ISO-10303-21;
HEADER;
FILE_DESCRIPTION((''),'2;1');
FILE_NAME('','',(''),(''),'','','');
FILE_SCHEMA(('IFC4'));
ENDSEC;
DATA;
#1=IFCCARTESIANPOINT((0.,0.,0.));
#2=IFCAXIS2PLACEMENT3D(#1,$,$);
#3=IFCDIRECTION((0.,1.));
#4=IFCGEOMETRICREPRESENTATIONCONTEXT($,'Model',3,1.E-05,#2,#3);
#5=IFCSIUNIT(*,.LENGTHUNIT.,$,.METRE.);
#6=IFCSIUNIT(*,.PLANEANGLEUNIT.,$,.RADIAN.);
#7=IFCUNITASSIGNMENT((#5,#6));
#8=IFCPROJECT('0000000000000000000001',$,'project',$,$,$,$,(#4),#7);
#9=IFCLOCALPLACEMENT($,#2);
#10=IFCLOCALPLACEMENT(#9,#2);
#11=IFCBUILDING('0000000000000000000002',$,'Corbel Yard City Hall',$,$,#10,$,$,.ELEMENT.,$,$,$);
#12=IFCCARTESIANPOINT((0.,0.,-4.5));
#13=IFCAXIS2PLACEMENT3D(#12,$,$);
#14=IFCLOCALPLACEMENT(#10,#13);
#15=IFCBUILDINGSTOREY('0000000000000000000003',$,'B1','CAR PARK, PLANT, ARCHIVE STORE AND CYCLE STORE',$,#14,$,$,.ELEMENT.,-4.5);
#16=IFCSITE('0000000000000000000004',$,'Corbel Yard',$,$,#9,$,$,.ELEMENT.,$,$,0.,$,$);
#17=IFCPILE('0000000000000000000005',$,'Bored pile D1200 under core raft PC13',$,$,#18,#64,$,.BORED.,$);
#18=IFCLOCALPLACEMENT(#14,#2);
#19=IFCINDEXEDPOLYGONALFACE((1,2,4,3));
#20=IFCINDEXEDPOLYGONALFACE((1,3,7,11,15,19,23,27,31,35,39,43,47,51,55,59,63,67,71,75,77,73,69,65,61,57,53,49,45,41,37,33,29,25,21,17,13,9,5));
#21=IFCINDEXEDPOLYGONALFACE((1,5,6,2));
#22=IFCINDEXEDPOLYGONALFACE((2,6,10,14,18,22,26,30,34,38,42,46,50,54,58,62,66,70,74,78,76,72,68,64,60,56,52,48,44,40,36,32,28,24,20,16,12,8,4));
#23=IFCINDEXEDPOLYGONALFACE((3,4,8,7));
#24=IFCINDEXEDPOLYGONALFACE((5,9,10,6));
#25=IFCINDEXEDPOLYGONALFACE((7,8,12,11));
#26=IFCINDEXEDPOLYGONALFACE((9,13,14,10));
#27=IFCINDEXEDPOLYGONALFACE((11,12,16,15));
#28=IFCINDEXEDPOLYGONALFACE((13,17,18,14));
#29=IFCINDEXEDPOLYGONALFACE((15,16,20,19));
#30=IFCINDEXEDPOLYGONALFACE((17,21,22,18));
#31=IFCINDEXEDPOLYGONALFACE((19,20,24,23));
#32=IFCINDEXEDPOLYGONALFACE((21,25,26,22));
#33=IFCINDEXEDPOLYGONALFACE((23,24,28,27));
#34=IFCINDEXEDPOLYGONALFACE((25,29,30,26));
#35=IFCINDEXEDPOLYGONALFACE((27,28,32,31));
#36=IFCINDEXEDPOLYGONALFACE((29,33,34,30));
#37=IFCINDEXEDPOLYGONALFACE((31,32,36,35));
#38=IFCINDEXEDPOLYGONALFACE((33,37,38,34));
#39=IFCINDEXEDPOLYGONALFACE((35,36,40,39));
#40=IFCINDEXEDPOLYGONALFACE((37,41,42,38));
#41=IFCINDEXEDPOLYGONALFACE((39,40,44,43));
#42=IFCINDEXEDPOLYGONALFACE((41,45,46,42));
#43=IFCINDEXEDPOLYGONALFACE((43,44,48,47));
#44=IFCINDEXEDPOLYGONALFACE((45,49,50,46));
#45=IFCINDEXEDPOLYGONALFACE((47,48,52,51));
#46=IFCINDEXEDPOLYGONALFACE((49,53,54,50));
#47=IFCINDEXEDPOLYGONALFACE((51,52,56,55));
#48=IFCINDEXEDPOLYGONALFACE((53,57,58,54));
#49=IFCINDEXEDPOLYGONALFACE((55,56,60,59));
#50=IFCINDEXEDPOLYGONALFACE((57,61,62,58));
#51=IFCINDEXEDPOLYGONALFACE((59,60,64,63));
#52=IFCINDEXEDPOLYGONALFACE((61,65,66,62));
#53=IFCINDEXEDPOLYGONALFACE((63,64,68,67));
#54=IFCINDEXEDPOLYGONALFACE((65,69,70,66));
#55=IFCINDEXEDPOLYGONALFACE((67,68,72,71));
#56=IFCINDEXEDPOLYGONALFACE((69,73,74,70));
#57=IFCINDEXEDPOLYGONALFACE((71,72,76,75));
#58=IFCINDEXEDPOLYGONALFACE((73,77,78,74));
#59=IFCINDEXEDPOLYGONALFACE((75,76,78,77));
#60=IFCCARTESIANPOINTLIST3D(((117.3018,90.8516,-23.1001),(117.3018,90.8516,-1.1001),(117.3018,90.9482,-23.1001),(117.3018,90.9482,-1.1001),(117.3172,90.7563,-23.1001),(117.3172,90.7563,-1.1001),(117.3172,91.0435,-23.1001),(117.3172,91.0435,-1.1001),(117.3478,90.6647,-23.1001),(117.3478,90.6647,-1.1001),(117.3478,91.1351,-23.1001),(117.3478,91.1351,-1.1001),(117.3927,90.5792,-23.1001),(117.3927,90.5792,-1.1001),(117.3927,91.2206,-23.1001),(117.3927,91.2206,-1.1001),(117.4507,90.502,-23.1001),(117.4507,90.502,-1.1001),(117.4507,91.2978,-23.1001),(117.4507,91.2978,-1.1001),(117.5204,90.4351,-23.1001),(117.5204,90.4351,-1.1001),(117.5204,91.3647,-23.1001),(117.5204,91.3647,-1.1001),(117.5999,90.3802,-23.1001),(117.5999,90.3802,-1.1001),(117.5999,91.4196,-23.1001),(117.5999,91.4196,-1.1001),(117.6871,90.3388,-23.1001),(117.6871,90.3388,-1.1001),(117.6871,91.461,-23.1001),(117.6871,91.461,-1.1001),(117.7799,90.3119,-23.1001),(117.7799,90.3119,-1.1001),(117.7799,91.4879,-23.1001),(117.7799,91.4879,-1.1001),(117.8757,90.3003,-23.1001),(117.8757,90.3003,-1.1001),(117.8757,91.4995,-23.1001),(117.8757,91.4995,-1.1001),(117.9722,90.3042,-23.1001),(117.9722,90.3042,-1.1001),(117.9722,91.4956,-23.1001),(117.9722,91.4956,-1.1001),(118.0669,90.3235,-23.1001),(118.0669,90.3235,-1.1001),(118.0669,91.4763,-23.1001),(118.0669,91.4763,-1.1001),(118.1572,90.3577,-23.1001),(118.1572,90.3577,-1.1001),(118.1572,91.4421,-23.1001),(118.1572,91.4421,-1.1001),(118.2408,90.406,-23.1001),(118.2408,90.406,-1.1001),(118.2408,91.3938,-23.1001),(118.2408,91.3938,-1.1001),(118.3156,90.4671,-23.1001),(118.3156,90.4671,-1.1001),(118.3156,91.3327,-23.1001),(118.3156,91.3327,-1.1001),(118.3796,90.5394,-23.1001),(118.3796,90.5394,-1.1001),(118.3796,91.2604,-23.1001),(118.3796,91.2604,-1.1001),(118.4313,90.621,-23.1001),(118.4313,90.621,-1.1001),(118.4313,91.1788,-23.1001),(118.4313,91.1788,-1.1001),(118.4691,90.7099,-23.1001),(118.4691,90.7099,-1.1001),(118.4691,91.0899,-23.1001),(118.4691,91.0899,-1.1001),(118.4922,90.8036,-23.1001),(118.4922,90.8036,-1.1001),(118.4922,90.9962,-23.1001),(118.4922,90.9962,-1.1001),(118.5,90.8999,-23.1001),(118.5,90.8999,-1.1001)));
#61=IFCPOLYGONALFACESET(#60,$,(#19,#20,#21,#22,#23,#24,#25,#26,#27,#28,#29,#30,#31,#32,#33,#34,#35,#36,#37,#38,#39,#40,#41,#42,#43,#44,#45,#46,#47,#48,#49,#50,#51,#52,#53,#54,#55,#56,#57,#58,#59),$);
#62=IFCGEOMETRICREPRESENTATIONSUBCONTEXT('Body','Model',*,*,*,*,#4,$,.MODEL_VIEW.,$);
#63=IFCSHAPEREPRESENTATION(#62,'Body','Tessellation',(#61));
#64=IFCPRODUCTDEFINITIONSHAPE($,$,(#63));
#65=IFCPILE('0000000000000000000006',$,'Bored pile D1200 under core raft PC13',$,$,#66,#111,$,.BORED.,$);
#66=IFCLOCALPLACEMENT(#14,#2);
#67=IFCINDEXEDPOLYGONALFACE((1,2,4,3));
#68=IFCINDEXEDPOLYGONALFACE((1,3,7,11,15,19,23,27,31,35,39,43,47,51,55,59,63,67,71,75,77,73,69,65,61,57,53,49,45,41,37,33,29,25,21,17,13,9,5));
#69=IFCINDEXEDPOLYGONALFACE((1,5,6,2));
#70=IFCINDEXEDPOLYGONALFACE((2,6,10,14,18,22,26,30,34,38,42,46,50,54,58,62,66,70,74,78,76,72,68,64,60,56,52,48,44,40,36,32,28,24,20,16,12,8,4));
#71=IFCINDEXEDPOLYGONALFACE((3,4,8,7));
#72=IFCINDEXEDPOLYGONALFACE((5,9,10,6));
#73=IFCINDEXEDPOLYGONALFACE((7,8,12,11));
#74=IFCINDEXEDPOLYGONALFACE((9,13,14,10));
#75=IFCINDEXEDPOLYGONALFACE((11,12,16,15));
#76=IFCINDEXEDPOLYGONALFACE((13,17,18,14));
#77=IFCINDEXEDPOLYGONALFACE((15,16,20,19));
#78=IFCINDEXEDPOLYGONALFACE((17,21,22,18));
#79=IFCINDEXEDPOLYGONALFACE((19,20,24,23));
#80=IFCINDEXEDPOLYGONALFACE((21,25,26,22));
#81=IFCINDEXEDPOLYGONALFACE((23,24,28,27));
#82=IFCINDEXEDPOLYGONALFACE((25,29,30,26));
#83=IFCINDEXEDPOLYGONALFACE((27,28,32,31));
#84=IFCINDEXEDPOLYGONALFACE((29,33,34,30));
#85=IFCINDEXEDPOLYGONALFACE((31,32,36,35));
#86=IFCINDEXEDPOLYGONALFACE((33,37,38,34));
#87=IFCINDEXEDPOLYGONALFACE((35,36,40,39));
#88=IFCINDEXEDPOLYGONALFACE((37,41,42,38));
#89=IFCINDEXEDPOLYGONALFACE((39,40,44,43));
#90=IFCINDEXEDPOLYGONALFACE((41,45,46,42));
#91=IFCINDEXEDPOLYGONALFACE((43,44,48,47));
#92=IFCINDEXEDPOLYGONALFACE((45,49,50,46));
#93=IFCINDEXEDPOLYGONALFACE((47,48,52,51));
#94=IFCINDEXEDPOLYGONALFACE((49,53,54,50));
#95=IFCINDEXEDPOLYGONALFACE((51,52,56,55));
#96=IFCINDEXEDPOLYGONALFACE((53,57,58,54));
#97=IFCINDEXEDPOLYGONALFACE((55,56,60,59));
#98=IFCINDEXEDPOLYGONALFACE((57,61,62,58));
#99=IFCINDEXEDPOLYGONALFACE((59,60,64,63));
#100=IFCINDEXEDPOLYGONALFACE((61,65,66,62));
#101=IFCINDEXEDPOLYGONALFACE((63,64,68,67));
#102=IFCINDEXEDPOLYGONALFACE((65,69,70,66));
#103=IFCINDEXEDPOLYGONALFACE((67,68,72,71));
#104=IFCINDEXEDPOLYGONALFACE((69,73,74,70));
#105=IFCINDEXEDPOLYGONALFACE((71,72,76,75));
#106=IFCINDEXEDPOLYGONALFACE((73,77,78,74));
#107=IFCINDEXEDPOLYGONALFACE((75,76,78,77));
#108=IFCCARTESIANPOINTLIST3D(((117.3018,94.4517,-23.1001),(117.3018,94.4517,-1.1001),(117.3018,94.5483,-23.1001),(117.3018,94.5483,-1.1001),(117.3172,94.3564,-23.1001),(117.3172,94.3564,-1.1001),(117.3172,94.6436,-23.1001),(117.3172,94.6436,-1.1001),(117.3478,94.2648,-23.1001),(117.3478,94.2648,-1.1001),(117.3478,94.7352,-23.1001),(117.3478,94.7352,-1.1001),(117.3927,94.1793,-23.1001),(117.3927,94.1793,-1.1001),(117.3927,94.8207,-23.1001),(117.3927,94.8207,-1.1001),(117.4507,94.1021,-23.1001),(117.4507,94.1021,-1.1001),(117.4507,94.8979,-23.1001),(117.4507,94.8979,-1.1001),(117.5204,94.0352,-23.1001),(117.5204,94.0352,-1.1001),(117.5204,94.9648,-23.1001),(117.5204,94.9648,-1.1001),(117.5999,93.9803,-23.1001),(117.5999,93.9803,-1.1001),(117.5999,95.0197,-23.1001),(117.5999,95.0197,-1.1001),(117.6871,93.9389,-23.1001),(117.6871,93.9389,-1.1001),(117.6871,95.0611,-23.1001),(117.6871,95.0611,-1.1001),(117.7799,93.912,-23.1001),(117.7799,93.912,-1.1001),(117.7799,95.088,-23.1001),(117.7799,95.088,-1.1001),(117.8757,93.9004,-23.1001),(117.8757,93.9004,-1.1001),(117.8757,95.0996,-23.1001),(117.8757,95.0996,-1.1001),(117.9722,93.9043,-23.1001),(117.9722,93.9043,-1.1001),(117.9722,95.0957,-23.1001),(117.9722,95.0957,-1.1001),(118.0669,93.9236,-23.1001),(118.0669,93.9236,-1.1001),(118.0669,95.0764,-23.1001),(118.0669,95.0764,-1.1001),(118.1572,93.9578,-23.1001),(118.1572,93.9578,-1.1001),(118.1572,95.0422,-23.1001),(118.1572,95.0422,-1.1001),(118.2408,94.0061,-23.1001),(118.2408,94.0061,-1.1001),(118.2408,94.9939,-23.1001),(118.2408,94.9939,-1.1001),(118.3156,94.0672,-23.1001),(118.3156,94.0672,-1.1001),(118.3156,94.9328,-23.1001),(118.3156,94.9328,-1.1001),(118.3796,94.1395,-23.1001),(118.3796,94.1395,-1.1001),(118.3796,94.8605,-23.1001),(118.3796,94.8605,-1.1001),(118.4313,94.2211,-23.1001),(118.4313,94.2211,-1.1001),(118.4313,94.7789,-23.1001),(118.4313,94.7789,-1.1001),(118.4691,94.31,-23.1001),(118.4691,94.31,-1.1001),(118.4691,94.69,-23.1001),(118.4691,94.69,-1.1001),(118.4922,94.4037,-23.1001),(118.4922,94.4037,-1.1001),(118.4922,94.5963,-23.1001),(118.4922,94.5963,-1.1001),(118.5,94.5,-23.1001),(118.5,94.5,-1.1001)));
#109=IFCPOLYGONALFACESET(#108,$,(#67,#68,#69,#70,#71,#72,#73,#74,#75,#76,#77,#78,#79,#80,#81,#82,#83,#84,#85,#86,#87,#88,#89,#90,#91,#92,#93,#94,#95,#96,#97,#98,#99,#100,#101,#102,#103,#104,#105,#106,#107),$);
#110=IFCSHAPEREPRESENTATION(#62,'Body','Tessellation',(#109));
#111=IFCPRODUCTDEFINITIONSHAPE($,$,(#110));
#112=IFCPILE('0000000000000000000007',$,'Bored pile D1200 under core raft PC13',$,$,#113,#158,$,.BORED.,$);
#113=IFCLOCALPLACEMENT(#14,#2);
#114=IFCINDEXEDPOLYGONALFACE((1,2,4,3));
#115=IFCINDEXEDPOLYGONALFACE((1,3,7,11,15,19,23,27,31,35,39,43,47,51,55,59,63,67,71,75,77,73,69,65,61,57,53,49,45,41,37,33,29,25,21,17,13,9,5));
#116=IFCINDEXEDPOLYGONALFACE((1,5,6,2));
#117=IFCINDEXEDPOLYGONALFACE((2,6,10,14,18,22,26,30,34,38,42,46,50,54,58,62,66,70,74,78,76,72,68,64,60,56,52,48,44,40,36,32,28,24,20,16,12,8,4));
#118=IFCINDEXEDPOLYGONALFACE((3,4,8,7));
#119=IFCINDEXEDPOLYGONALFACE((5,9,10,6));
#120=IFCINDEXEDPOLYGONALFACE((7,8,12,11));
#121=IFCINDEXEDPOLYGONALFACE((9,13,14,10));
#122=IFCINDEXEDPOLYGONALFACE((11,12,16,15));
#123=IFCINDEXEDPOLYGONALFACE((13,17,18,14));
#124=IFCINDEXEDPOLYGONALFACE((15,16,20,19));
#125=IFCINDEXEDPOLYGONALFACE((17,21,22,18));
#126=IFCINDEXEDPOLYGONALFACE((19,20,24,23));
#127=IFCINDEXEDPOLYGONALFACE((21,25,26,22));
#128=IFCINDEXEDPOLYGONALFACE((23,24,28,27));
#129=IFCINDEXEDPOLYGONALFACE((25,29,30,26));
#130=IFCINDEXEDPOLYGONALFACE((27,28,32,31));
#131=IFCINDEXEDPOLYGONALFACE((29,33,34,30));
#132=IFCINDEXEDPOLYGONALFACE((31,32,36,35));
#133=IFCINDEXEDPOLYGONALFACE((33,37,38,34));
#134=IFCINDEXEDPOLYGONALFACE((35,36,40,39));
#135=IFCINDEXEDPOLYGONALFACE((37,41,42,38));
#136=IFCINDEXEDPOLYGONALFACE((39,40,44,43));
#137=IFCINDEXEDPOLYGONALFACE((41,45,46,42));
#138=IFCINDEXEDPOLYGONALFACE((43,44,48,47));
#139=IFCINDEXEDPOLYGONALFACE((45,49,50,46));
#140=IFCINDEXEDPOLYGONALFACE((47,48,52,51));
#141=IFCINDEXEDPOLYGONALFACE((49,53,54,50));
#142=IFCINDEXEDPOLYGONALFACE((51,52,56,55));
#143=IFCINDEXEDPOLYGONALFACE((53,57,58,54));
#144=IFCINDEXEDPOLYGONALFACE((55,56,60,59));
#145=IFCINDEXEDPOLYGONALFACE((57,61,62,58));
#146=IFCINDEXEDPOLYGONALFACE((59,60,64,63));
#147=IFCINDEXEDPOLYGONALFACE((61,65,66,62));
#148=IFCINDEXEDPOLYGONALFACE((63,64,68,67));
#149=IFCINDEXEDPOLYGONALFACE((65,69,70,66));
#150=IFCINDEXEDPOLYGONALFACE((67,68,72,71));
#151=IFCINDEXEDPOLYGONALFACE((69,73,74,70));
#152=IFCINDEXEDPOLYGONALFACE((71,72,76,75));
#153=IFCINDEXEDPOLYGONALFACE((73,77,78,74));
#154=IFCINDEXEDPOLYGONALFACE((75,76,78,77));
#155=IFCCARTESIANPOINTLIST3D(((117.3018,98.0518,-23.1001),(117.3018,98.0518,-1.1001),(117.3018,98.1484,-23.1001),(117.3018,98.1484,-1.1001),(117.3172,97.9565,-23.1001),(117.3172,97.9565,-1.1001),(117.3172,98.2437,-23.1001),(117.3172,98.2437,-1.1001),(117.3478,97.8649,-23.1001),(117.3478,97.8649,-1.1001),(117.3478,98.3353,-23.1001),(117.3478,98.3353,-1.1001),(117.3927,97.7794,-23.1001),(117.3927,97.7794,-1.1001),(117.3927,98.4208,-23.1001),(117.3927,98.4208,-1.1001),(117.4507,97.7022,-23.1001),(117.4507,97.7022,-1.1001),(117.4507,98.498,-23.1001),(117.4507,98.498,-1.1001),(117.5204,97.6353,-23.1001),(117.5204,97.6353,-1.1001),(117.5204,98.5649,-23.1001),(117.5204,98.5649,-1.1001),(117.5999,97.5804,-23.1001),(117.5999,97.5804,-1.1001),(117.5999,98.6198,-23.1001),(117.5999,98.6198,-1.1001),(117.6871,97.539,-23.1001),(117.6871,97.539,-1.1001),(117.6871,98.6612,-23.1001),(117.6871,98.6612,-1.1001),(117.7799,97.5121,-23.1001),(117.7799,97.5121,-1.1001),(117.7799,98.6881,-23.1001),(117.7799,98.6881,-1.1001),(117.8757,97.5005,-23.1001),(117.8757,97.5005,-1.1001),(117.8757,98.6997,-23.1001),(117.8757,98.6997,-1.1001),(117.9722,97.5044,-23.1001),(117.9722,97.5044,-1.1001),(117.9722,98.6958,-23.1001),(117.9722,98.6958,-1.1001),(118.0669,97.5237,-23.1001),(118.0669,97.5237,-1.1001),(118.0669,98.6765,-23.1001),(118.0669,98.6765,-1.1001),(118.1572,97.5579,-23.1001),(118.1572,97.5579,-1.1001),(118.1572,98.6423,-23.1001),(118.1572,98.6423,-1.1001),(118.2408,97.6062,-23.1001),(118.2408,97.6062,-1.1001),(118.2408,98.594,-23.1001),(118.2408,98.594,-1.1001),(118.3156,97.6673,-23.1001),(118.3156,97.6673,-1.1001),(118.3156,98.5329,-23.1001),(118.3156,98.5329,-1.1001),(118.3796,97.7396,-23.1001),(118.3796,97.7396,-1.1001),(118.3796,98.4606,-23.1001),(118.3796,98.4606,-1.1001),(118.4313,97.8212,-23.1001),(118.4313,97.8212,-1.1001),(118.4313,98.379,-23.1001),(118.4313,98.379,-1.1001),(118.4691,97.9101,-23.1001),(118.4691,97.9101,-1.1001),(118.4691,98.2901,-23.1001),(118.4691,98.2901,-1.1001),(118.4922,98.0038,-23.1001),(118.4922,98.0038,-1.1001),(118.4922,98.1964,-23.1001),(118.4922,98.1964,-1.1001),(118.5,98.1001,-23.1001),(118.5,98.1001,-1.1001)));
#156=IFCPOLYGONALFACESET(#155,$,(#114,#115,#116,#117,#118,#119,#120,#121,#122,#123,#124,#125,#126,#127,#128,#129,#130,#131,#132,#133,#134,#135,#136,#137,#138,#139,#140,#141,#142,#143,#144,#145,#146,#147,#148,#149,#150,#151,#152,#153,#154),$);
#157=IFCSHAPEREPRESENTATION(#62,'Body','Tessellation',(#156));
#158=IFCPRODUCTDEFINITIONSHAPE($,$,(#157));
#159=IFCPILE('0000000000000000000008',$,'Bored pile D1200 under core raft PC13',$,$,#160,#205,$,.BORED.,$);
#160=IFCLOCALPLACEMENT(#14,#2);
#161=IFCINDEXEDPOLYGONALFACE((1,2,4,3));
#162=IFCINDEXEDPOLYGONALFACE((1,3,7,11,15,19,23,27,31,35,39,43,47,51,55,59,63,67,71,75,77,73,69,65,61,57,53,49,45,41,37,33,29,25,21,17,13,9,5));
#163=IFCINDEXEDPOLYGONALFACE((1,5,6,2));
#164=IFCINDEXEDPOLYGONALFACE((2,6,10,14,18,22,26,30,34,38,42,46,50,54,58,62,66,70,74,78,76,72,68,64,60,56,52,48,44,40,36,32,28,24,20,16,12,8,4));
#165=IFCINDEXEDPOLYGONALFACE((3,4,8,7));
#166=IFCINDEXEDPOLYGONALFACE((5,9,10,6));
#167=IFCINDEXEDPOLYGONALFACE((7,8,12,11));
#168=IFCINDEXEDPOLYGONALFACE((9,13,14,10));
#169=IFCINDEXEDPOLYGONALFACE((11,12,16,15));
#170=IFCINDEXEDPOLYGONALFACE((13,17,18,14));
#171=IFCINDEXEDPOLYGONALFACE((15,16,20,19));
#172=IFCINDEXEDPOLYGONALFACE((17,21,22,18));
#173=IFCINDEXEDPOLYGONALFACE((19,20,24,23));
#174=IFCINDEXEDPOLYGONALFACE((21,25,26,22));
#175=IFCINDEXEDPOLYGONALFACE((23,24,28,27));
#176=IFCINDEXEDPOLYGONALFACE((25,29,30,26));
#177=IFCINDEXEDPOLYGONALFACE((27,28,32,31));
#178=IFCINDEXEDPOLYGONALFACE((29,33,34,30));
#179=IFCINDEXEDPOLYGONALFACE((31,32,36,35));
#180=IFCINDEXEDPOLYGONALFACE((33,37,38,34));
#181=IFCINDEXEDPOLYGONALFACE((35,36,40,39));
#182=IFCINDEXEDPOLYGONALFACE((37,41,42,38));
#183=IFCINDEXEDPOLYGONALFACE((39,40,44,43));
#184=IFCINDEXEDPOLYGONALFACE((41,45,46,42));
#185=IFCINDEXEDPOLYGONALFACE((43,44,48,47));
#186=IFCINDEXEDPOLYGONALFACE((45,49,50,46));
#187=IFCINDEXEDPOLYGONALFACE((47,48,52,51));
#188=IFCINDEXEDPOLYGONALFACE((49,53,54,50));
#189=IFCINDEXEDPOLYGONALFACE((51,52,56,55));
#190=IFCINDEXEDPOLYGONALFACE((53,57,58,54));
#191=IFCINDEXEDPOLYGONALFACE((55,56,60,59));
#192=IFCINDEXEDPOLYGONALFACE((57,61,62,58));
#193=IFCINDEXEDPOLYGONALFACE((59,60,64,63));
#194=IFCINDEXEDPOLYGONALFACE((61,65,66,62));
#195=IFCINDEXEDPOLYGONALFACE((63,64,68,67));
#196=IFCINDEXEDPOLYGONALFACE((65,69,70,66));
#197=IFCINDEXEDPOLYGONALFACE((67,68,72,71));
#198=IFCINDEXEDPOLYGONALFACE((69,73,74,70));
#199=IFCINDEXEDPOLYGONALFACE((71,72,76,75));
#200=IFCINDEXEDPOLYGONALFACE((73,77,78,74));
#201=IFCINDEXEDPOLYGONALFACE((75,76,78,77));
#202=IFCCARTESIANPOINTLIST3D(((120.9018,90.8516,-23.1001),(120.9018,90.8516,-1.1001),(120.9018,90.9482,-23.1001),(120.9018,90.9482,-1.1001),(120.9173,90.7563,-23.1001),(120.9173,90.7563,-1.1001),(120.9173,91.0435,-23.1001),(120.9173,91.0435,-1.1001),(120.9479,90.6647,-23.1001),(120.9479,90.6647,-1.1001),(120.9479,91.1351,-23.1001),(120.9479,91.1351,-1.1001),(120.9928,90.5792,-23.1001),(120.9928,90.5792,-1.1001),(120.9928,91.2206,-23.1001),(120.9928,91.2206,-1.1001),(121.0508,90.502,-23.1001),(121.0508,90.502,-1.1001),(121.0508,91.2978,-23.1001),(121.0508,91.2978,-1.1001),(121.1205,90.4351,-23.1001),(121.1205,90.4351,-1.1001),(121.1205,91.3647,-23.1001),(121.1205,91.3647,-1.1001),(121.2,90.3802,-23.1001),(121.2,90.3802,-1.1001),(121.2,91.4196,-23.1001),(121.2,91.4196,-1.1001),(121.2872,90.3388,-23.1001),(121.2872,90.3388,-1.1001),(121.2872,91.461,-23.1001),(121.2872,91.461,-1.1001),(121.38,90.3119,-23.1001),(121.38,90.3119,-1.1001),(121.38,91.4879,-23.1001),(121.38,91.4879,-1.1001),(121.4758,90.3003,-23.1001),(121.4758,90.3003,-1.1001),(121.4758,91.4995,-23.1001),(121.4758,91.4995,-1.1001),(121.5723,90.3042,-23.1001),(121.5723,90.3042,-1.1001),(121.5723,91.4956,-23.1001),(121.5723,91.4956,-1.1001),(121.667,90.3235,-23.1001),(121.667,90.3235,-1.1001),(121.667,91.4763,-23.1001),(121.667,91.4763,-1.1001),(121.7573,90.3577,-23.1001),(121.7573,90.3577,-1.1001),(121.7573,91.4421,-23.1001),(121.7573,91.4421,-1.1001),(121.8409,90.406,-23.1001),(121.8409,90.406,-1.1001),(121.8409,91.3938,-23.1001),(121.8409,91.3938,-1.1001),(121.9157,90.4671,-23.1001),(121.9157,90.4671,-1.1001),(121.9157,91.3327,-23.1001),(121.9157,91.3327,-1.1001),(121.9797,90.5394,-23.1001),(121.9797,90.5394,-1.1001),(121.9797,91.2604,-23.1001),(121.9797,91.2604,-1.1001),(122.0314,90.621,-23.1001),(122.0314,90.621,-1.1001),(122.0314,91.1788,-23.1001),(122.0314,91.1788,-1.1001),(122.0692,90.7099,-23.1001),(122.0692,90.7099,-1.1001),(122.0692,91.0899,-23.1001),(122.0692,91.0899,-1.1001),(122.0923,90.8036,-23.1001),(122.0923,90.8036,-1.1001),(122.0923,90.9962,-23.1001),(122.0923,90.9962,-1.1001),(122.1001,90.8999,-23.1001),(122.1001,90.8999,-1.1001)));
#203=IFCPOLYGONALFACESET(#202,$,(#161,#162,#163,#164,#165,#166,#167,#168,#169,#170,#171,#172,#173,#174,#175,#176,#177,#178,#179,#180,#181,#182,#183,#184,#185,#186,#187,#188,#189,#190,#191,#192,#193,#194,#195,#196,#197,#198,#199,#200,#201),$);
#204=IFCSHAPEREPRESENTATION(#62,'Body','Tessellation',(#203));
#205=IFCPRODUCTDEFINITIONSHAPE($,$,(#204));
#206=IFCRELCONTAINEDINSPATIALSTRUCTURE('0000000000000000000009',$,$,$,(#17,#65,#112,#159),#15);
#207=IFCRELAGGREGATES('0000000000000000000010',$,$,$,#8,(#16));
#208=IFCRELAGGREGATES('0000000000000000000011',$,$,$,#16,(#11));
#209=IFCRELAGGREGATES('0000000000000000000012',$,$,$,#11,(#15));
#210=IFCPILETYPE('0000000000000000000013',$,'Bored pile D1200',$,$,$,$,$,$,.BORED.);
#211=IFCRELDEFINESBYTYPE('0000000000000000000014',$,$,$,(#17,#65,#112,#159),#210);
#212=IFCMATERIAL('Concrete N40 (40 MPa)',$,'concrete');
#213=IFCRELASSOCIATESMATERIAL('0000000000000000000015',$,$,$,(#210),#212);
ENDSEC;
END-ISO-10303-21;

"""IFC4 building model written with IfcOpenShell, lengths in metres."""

from ifc_helpers import new_model, si_unit, direction, frame, origin, origin_2d, place, context, subcontext, project, spatial, circle, extrude, material, material_profile, profile_set, type_object, element, save


model = new_model("IFC4")

# Units and contexts
model_context = context("Model", 3, precision=1e-05, world=origin(), true_north=direction((0.0, 1.0)))
body_context = subcontext(model_context, "Body", "Model", "MODEL_VIEW")
ifc_project = project(units=[si_unit("LENGTHUNIT", "METRE"), si_unit("PLANEANGLEUNIT", "RADIAN")], contexts=[model_context])

# Site, building, storey
site_placement = place(None, origin())
site = spatial("IfcSite", under=ifc_project, at=site_placement, Name="Corbel Yard", CompositionType="ELEMENT", RefElevation=0.0)
building_placement = place(site_placement, origin())
building = spatial("IfcBuilding", under=site, at=building_placement, Name="Corbel Yard City Hall", CompositionType="ELEMENT")
storey_placement = place(building_placement, frame((0.0, 0.0, -4.5)))
storey = spatial("IfcBuildingStorey", under=building, at=storey_placement, Name="B1", Description="CAR PARK, PLANT, ARCHIVE STORE AND CYCLE STORE", CompositionType="ELEMENT", Elevation=-4.5)

# Piles
ifc_material_1 = material(Name="Concrete N40 (40 MPa)", Category="concrete")
ifc_material_profile_1 = material_profile(ifc_material_1, circle(Radius=0.6001, at=origin_2d()), Name="D1200")
ifc_profile_set_1 = profile_set([ifc_material_profile_1], Name="Concrete N40 (40 MPa)")
pile_type_1 = type_object("IfcPileType", Name="Bored pile D1200", PredefinedType="BORED", material=ifc_profile_set_1)
for number, where, z_axis, x_axis, name in (
    (1, (117.8999, 90.8999, -1.1001), (0.0, 0.0, -1.0), (1.0, 0.0, 0.0), "Bored pile D1200 under core raft PC13"),
    (2, (117.8999, 94.5, -1.1001), (0.0, 0.0, -1.0), (1.0, 0.0, 0.0), "Bored pile D1200 under core raft PC13"),
    (3, (117.8999, 98.1001, -1.1001), (0.0, 0.0, -1.0), (1.0, 0.0, 0.0), "Bored pile D1200 under core raft PC13"),
    (4, (121.5, 90.8999, -1.1001), (0.0, 0.0, -1.0), (1.0, 0.0, 0.0), "Bored pile D1200 under core raft PC13"),
):
    element("IfcPile", number, at=place(storey_placement, frame(where, z_axis=z_axis, x_axis=x_axis)), inside=storey, type_object=pile_type_1, Name=name, PredefinedType="BORED", context=body_context, shape_type="SweptSolid", body=[
        extrude(circle(Radius=0.6001, at=origin_2d()), origin(), (0.0, 0.0, 1.0), 22.0),
    ])

save(model, "model.ifc")
